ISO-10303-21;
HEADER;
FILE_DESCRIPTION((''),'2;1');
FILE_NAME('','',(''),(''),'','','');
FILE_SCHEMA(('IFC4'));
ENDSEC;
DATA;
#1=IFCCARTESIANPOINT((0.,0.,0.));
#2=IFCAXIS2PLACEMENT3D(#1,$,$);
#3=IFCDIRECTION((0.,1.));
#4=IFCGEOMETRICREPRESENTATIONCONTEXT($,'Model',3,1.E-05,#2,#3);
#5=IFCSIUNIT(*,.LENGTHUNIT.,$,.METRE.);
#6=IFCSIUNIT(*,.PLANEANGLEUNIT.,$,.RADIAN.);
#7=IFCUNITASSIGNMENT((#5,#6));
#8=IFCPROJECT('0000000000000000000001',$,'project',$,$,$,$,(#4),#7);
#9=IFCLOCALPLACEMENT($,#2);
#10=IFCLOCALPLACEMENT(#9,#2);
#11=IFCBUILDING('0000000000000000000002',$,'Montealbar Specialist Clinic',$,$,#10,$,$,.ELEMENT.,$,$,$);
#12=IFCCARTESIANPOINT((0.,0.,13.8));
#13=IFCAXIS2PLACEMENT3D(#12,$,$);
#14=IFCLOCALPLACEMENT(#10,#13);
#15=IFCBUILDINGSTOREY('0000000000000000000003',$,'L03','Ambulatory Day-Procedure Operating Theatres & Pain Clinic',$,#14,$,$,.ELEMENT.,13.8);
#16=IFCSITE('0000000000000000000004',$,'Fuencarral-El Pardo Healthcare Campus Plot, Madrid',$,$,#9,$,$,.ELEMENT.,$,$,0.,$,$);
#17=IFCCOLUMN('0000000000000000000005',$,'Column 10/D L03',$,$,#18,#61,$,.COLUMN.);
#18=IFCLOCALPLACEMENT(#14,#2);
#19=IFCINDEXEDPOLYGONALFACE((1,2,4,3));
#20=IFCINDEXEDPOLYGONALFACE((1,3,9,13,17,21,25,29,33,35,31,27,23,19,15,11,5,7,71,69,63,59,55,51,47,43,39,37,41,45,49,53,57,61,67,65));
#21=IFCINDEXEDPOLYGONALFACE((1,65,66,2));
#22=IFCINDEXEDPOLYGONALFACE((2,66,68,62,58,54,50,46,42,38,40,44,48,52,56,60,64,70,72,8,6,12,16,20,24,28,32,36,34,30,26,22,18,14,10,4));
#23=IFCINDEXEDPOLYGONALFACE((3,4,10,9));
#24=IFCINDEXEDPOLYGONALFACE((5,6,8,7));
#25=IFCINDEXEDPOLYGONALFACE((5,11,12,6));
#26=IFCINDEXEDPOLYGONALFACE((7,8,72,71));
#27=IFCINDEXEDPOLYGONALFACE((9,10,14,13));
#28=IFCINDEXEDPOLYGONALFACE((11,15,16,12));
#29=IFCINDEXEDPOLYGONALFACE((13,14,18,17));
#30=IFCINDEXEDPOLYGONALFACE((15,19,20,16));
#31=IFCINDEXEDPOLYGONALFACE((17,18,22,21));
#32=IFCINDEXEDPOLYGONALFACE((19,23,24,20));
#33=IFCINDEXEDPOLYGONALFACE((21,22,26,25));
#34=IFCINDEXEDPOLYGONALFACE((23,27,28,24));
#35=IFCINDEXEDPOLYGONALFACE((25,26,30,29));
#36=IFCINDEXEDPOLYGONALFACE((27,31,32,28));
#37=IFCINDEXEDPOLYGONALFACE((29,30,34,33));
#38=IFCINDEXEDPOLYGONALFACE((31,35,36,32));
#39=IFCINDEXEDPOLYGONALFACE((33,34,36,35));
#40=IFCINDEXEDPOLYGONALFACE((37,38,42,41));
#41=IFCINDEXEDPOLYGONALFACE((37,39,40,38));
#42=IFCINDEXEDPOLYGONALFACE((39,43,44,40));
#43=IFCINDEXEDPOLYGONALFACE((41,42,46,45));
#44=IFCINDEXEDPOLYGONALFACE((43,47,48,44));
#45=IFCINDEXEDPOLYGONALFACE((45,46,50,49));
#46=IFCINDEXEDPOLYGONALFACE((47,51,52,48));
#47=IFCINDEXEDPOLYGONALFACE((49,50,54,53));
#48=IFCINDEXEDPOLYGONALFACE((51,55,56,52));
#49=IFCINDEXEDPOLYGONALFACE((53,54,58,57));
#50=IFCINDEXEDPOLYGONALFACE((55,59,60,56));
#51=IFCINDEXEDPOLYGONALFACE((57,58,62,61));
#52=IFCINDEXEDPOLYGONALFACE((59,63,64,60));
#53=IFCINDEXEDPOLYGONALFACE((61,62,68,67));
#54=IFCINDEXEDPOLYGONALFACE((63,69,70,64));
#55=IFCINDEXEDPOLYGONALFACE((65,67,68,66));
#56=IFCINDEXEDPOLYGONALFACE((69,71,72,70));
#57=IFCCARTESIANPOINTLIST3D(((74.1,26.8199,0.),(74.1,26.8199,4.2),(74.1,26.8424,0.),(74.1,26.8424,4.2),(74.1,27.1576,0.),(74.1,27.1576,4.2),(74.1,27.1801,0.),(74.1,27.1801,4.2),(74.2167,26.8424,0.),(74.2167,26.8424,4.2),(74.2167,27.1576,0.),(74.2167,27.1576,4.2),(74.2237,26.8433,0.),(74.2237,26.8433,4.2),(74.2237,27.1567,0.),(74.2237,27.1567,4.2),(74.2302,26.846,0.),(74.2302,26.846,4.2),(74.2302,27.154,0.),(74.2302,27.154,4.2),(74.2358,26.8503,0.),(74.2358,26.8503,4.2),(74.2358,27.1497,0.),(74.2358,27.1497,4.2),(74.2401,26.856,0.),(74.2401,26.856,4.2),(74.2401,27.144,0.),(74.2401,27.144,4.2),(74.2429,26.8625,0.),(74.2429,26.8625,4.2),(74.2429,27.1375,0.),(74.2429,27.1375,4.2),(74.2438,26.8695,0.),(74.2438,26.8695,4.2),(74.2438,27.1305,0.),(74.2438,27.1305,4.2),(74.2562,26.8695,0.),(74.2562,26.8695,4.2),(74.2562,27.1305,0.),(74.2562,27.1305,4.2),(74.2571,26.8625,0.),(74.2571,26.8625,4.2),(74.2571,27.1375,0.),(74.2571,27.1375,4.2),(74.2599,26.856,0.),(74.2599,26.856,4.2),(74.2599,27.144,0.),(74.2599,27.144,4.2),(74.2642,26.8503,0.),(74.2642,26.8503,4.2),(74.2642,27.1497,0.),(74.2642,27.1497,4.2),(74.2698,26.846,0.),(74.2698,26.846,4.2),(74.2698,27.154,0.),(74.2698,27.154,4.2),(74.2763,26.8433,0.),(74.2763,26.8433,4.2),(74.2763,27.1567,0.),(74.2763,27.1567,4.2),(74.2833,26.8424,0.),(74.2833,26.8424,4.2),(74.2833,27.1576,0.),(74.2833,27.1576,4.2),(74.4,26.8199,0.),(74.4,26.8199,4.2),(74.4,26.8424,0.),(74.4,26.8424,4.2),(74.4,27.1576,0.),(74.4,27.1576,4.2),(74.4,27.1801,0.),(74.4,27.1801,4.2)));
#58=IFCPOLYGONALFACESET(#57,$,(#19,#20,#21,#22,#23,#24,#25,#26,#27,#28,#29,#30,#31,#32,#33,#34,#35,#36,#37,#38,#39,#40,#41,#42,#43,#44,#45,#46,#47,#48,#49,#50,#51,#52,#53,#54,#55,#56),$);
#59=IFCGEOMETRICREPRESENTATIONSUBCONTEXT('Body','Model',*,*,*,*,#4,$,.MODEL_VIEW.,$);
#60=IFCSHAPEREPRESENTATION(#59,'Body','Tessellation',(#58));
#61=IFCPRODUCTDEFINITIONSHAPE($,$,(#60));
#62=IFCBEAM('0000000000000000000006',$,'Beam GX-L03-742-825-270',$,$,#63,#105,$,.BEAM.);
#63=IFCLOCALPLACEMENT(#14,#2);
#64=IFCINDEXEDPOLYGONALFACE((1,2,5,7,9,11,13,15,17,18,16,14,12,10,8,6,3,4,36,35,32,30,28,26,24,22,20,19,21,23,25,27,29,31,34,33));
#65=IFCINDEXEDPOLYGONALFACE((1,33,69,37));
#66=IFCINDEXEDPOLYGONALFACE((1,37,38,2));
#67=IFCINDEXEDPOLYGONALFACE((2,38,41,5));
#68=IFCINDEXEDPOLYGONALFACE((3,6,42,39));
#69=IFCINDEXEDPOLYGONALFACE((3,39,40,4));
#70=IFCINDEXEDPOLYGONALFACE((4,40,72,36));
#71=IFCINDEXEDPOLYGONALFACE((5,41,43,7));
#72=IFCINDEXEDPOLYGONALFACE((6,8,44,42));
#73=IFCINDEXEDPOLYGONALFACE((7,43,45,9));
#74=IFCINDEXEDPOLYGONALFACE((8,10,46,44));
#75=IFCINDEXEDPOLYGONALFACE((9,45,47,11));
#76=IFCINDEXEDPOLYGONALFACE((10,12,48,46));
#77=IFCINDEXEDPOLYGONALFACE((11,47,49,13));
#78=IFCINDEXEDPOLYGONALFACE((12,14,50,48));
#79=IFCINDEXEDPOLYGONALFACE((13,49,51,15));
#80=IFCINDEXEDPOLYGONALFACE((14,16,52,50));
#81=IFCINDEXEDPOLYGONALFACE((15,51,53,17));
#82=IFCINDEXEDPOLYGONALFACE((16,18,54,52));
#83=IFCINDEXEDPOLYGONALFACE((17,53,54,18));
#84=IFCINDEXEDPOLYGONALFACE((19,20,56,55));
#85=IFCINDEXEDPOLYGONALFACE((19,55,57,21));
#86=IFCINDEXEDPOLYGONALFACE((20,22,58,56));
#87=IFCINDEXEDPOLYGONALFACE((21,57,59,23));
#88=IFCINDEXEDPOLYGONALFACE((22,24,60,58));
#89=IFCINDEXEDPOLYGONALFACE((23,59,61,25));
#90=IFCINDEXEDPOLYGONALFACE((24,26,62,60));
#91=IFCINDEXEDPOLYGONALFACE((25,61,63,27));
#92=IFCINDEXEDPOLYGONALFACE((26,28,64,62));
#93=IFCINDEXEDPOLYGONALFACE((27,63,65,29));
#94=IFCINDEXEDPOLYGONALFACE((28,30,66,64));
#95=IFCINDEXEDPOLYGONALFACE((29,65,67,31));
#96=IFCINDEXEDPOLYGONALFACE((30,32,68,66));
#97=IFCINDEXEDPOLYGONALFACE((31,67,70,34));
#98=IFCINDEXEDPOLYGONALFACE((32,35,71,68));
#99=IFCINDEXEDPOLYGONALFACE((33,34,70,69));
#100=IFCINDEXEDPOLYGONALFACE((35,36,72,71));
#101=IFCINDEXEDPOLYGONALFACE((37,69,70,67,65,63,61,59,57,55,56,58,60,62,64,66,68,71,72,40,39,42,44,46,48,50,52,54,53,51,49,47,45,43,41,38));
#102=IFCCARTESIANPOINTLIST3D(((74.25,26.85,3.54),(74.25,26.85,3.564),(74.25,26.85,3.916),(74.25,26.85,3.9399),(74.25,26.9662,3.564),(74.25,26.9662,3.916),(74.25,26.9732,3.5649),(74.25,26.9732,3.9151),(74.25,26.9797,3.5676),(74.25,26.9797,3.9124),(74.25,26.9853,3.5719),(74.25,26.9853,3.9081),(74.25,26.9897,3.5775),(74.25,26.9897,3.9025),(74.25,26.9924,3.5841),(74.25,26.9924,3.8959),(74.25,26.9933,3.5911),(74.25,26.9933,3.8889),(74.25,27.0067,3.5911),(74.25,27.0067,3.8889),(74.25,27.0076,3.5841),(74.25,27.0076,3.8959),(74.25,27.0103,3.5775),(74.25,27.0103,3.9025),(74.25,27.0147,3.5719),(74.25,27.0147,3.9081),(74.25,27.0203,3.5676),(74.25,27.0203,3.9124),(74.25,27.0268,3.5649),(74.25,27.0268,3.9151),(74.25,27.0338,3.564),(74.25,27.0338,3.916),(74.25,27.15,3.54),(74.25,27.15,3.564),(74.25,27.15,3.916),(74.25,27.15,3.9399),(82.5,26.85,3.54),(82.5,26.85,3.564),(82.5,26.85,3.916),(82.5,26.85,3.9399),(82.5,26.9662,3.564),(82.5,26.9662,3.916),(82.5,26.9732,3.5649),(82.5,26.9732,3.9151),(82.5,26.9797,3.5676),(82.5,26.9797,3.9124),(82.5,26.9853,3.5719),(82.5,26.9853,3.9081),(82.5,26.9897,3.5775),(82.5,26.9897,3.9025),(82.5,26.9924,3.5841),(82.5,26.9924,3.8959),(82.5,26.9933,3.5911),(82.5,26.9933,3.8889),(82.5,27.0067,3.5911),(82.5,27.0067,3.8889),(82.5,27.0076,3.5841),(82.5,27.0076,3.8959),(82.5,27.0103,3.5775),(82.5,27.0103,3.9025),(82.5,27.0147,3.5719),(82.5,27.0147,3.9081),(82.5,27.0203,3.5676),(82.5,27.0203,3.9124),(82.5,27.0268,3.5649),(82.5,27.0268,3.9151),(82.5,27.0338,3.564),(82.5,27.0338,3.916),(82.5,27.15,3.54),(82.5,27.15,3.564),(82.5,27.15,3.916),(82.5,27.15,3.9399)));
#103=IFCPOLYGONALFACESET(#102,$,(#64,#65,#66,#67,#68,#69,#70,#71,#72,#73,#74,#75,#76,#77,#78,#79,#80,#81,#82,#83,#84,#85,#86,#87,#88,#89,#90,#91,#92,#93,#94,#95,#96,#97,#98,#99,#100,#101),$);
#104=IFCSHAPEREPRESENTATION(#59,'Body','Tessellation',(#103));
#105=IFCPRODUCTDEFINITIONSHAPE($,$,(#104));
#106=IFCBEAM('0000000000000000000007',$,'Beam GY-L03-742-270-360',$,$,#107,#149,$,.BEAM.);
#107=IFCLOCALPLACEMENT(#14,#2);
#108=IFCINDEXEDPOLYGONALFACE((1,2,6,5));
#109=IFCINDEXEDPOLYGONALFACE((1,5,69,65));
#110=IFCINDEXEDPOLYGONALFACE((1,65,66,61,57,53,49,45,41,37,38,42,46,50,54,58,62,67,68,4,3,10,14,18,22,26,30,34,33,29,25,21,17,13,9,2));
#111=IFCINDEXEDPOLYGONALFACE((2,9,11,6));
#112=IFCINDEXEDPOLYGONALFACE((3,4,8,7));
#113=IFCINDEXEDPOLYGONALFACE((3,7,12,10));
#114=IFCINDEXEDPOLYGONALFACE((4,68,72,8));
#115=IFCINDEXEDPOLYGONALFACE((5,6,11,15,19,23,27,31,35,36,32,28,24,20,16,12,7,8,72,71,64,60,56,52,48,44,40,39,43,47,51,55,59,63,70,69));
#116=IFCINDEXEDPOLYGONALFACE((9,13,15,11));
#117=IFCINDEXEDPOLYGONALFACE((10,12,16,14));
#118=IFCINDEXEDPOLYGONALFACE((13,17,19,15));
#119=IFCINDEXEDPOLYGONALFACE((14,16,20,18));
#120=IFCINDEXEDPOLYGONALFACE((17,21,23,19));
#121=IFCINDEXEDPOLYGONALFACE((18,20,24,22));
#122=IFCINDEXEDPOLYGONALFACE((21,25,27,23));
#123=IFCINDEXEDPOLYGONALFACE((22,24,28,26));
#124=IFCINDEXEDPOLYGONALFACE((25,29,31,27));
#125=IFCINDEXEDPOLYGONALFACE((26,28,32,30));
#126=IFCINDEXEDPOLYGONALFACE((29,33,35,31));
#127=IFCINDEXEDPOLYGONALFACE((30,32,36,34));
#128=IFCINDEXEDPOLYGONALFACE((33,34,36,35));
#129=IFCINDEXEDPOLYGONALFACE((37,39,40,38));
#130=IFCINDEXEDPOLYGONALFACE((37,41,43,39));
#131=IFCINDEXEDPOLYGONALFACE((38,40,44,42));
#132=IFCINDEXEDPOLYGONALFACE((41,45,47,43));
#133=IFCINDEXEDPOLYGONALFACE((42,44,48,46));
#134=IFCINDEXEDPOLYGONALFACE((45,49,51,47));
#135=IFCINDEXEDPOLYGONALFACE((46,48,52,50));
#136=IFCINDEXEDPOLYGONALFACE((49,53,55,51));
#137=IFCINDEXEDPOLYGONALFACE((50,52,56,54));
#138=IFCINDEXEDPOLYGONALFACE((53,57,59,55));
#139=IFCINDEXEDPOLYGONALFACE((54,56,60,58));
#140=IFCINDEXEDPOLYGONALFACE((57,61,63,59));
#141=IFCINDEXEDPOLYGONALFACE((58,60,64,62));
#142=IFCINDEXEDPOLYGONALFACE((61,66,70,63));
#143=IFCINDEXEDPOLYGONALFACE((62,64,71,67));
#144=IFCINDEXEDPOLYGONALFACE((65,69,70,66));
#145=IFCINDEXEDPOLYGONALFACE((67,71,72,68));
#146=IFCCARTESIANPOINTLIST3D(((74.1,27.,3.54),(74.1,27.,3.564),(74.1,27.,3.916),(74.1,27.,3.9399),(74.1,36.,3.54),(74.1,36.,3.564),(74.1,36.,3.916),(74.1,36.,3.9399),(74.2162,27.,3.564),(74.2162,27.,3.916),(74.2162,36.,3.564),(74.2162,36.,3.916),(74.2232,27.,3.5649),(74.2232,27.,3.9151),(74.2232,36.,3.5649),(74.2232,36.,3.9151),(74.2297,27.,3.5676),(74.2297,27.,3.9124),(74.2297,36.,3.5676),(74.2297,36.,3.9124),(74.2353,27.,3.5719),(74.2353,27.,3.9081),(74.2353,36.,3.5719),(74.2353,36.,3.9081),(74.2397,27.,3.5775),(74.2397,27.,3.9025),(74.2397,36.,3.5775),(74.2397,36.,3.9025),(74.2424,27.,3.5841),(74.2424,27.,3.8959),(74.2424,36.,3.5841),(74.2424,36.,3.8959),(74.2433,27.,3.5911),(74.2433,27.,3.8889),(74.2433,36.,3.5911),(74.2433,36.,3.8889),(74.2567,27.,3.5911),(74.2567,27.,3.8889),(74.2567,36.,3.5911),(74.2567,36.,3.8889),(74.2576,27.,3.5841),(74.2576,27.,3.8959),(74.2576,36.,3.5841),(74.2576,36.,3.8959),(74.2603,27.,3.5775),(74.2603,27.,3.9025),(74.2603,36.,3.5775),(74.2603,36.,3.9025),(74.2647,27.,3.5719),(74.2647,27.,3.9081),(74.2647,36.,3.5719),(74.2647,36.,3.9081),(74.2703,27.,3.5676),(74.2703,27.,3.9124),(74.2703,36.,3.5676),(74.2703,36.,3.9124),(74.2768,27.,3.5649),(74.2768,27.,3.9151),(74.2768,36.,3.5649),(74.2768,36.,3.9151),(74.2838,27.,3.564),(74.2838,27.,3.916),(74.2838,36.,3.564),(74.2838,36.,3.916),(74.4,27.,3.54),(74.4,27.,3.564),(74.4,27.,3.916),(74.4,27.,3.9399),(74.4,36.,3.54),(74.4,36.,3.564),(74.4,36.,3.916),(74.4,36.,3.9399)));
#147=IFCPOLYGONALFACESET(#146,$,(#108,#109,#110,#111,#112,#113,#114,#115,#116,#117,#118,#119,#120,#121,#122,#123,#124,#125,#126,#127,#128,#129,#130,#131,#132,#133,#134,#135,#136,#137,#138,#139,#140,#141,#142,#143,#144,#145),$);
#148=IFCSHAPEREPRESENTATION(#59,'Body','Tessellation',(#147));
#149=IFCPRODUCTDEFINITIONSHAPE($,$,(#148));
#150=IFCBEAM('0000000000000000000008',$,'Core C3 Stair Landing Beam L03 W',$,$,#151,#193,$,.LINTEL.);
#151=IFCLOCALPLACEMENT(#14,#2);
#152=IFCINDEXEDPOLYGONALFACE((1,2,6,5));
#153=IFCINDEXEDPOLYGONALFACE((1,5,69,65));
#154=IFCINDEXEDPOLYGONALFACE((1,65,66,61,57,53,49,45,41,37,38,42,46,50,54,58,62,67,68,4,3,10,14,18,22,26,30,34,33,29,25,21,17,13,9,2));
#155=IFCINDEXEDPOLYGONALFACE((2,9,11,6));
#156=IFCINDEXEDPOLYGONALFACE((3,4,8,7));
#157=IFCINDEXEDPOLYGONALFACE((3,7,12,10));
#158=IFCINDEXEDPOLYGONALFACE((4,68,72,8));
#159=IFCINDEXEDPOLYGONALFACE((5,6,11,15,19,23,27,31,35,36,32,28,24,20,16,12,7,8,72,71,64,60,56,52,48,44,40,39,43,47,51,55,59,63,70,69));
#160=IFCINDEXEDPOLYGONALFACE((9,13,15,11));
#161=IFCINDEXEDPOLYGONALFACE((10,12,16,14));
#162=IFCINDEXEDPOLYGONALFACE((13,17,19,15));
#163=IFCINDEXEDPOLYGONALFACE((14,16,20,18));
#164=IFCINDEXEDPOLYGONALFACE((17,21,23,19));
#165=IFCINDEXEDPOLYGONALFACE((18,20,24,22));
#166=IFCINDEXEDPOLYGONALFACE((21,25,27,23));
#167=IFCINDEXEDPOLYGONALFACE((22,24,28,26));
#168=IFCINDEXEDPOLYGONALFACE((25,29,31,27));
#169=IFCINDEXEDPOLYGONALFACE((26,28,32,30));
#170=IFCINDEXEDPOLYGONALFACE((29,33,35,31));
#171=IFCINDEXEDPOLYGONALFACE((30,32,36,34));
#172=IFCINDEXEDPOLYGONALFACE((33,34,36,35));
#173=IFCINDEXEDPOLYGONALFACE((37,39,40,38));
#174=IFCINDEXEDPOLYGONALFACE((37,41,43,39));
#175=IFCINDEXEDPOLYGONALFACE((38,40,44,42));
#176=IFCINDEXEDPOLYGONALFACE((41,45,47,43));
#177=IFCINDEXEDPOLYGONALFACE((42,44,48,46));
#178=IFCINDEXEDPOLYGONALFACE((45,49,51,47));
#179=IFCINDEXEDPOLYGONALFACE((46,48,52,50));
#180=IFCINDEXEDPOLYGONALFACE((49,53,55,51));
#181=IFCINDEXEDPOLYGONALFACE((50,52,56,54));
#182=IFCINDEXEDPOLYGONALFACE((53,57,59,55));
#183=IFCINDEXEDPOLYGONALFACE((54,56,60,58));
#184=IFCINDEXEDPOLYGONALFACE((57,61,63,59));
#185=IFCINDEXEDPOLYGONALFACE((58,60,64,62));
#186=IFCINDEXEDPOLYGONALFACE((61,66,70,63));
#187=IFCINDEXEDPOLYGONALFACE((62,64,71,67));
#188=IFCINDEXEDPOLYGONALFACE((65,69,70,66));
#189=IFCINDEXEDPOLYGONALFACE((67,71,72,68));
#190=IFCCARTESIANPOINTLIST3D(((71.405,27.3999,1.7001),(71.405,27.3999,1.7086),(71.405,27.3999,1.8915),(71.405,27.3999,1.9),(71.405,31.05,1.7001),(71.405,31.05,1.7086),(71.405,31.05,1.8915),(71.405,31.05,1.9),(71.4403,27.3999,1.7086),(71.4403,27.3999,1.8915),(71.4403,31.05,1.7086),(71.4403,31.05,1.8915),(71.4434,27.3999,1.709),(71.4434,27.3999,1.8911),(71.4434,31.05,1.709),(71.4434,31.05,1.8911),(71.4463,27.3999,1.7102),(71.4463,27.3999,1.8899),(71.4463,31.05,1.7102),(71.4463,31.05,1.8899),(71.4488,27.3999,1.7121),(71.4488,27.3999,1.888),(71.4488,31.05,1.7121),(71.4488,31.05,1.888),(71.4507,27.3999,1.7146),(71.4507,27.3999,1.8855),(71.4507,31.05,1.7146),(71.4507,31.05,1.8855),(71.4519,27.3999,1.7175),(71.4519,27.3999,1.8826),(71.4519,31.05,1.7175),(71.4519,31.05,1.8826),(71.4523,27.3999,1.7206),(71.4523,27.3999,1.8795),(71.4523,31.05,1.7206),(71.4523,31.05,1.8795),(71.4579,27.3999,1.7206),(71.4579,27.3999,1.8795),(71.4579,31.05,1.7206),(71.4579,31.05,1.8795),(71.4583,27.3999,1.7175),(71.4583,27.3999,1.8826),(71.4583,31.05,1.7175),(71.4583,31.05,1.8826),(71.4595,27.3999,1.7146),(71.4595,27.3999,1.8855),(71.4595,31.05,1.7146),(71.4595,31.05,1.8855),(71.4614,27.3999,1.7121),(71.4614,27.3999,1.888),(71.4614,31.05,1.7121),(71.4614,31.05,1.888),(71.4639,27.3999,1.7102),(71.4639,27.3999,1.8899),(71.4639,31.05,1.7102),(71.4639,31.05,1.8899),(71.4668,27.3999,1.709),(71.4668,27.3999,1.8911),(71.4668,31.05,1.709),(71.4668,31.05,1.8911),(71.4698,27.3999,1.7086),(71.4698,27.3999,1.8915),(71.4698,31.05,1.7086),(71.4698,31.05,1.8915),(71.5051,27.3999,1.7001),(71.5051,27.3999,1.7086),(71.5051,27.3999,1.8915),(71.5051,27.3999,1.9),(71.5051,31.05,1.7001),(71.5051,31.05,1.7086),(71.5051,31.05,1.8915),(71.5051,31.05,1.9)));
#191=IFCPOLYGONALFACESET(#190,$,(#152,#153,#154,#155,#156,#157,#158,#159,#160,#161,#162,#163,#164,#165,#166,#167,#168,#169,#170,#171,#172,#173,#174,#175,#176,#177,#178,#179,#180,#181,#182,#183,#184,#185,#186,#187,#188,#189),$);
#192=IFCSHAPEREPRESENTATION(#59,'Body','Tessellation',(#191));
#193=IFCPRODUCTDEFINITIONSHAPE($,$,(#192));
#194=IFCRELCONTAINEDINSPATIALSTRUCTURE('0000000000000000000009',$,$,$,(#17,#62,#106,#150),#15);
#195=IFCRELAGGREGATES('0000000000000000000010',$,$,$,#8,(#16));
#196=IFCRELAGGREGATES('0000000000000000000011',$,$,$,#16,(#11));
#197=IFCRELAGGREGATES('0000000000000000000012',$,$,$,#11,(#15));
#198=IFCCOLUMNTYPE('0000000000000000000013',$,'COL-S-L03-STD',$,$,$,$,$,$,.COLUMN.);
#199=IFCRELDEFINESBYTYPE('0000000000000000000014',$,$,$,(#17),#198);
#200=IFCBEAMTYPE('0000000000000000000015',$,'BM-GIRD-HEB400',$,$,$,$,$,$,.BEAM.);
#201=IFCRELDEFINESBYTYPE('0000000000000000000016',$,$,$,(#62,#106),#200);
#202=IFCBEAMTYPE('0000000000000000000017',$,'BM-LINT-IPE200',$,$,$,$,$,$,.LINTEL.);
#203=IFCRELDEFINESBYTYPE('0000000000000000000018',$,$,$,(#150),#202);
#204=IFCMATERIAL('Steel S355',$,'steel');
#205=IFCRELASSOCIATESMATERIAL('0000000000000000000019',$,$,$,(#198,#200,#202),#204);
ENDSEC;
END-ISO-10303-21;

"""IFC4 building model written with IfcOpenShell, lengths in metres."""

from ifc_helpers import new_model, si_unit, direction, frame, origin, origin_2d, place, context, subcontext, project, spatial, i_section, extrude, material, material_profile, profile_set, type_object, element, save


model = new_model("IFC4")

# Units and contexts
model_context = context("Model", 3, precision=1e-05, world=origin(), true_north=direction((0.0, 1.0)))
body_context = subcontext(model_context, "Body", "Model", "MODEL_VIEW")
ifc_project = project(units=[si_unit("LENGTHUNIT", "METRE"), si_unit("PLANEANGLEUNIT", "RADIAN")], contexts=[model_context])

# Site, building, storey
site_placement = place(None, origin())
site = spatial("IfcSite", under=ifc_project, at=site_placement, Name="Fuencarral-El Pardo Healthcare Campus Plot, Madrid", CompositionType="ELEMENT", RefElevation=0.0)
building_placement = place(site_placement, origin())
building = spatial("IfcBuilding", under=site, at=building_placement, Name="Montealbar Specialist Clinic", CompositionType="ELEMENT")
storey_placement = place(building_placement, frame((0.0, 0.0, 13.8)))
storey = spatial("IfcBuildingStorey", under=building, at=storey_placement, Name="L03", Description="Ambulatory Day-Procedure Operating Theatres & Pain Clinic", CompositionType="ELEMENT", Elevation=13.8)

# Column
ifc_material_1 = material(Name="Steel S355", Category="steel")
ifc_material_profile_1 = material_profile(ifc_material_1, i_section(OverallWidth=0.3, OverallDepth=0.3601, WebThickness=0.0125, FlangeThickness=0.0225, FilletRadius=0.0271, at=origin_2d()), Name="HEB 360", Category="steel")
ifc_profile_set_1 = profile_set([ifc_material_profile_1], Name="Steel S355")
column_type = type_object("IfcColumnType", Name="COL-S-L03-STD", PredefinedType="COLUMN", material=ifc_profile_set_1)
column_placement = place(storey_placement, frame((74.25, 27.0, 0.0), z_axis=(0.0, 0.0, 1.0), x_axis=(1.0, 0.0, 0.0)))
element("IfcColumn", 1, at=column_placement, inside=storey, type_object=column_type, Name="Column 10/D L03", PredefinedType="COLUMN", context=body_context, shape_type="SweptSolid", body=[
    extrude(i_section(OverallWidth=0.3, OverallDepth=0.3601, WebThickness=0.0125, FlangeThickness=0.0225, FilletRadius=0.0271, at=origin_2d()), origin(), (0.0, 0.0, 1.0), 4.2),
])

# Beams
ifc_material_profile_2 = material_profile(ifc_material_1, i_section(OverallWidth=0.3, OverallDepth=0.3999, WebThickness=0.0134, FlangeThickness=0.0239, FilletRadius=0.0271, at=origin_2d()), Name="HEB 400", Category="steel")
ifc_profile_set_2 = profile_set([ifc_material_profile_2], Name="Steel S355")
beam_type_1 = type_object("IfcBeamType", Name="BM-GIRD-HEB400", PredefinedType="BEAM", material=ifc_profile_set_2)
beam_1_placement = place(storey_placement, frame((74.25, 27.0, 3.74), z_axis=(1.0, 0.0, 0.0), x_axis=(0.0, 1.0, 0.0)))
element("IfcBeam", 2, at=beam_1_placement, inside=storey, type_object=beam_type_1, Name="Beam GX-L03-742-825-270", PredefinedType="BEAM", context=body_context, shape_type="SweptSolid", body=[
    extrude(i_section(OverallWidth=0.3, OverallDepth=0.3999, WebThickness=0.0134, FlangeThickness=0.0239, FilletRadius=0.0271, at=origin_2d()), origin(), (0.0, 0.0, 1.0), 8.25),
])
beam_2_placement = place(storey_placement, frame((74.25, 27.0, 3.74), z_axis=(0.0, 1.0, 0.0), x_axis=(-1.0, 0.0, 0.0)))
element("IfcBeam", 3, at=beam_2_placement, inside=storey, type_object=beam_type_1, Name="Beam GY-L03-742-270-360", PredefinedType="BEAM", context=body_context, shape_type="SweptSolid", body=[
    extrude(i_section(OverallWidth=0.3, OverallDepth=0.3999, WebThickness=0.0134, FlangeThickness=0.0239, FilletRadius=0.0271, at=origin_2d()), origin(), (0.0, 0.0, 1.0), 9.0),
])
ifc_material_profile_3 = material_profile(ifc_material_1, i_section(OverallWidth=0.1001, OverallDepth=0.2, WebThickness=0.0056, FlangeThickness=0.0085, FilletRadius=0.012, at=origin_2d()), Name="IPE 200", Category="steel")
ifc_profile_set_3 = profile_set([ifc_material_profile_3], Name="Steel S355")
beam_type_2 = type_object("IfcBeamType", Name="BM-LINT-IPE200", PredefinedType="LINTEL", material=ifc_profile_set_3)
for number, where, z_axis, x_axis, name in (
    (4, (71.4551, 27.3999, 1.8), (0.0, 1.0, 0.0), (-1.0, 0.0, 0.0), "Core C3 Stair Landing Beam L03 W"),
):
    element("IfcBeam", number, at=place(storey_placement, frame(where, z_axis=z_axis, x_axis=x_axis)), inside=storey, type_object=beam_type_2, Name=name, PredefinedType="LINTEL", context=body_context, shape_type="SweptSolid", body=[
        extrude(i_section(OverallWidth=0.1001, OverallDepth=0.2, WebThickness=0.0056, FlangeThickness=0.0085, FilletRadius=0.012, at=origin_2d()), origin(), (0.0, 0.0, 1.0), 3.6501),
    ])

save(model, "model.ifc")
